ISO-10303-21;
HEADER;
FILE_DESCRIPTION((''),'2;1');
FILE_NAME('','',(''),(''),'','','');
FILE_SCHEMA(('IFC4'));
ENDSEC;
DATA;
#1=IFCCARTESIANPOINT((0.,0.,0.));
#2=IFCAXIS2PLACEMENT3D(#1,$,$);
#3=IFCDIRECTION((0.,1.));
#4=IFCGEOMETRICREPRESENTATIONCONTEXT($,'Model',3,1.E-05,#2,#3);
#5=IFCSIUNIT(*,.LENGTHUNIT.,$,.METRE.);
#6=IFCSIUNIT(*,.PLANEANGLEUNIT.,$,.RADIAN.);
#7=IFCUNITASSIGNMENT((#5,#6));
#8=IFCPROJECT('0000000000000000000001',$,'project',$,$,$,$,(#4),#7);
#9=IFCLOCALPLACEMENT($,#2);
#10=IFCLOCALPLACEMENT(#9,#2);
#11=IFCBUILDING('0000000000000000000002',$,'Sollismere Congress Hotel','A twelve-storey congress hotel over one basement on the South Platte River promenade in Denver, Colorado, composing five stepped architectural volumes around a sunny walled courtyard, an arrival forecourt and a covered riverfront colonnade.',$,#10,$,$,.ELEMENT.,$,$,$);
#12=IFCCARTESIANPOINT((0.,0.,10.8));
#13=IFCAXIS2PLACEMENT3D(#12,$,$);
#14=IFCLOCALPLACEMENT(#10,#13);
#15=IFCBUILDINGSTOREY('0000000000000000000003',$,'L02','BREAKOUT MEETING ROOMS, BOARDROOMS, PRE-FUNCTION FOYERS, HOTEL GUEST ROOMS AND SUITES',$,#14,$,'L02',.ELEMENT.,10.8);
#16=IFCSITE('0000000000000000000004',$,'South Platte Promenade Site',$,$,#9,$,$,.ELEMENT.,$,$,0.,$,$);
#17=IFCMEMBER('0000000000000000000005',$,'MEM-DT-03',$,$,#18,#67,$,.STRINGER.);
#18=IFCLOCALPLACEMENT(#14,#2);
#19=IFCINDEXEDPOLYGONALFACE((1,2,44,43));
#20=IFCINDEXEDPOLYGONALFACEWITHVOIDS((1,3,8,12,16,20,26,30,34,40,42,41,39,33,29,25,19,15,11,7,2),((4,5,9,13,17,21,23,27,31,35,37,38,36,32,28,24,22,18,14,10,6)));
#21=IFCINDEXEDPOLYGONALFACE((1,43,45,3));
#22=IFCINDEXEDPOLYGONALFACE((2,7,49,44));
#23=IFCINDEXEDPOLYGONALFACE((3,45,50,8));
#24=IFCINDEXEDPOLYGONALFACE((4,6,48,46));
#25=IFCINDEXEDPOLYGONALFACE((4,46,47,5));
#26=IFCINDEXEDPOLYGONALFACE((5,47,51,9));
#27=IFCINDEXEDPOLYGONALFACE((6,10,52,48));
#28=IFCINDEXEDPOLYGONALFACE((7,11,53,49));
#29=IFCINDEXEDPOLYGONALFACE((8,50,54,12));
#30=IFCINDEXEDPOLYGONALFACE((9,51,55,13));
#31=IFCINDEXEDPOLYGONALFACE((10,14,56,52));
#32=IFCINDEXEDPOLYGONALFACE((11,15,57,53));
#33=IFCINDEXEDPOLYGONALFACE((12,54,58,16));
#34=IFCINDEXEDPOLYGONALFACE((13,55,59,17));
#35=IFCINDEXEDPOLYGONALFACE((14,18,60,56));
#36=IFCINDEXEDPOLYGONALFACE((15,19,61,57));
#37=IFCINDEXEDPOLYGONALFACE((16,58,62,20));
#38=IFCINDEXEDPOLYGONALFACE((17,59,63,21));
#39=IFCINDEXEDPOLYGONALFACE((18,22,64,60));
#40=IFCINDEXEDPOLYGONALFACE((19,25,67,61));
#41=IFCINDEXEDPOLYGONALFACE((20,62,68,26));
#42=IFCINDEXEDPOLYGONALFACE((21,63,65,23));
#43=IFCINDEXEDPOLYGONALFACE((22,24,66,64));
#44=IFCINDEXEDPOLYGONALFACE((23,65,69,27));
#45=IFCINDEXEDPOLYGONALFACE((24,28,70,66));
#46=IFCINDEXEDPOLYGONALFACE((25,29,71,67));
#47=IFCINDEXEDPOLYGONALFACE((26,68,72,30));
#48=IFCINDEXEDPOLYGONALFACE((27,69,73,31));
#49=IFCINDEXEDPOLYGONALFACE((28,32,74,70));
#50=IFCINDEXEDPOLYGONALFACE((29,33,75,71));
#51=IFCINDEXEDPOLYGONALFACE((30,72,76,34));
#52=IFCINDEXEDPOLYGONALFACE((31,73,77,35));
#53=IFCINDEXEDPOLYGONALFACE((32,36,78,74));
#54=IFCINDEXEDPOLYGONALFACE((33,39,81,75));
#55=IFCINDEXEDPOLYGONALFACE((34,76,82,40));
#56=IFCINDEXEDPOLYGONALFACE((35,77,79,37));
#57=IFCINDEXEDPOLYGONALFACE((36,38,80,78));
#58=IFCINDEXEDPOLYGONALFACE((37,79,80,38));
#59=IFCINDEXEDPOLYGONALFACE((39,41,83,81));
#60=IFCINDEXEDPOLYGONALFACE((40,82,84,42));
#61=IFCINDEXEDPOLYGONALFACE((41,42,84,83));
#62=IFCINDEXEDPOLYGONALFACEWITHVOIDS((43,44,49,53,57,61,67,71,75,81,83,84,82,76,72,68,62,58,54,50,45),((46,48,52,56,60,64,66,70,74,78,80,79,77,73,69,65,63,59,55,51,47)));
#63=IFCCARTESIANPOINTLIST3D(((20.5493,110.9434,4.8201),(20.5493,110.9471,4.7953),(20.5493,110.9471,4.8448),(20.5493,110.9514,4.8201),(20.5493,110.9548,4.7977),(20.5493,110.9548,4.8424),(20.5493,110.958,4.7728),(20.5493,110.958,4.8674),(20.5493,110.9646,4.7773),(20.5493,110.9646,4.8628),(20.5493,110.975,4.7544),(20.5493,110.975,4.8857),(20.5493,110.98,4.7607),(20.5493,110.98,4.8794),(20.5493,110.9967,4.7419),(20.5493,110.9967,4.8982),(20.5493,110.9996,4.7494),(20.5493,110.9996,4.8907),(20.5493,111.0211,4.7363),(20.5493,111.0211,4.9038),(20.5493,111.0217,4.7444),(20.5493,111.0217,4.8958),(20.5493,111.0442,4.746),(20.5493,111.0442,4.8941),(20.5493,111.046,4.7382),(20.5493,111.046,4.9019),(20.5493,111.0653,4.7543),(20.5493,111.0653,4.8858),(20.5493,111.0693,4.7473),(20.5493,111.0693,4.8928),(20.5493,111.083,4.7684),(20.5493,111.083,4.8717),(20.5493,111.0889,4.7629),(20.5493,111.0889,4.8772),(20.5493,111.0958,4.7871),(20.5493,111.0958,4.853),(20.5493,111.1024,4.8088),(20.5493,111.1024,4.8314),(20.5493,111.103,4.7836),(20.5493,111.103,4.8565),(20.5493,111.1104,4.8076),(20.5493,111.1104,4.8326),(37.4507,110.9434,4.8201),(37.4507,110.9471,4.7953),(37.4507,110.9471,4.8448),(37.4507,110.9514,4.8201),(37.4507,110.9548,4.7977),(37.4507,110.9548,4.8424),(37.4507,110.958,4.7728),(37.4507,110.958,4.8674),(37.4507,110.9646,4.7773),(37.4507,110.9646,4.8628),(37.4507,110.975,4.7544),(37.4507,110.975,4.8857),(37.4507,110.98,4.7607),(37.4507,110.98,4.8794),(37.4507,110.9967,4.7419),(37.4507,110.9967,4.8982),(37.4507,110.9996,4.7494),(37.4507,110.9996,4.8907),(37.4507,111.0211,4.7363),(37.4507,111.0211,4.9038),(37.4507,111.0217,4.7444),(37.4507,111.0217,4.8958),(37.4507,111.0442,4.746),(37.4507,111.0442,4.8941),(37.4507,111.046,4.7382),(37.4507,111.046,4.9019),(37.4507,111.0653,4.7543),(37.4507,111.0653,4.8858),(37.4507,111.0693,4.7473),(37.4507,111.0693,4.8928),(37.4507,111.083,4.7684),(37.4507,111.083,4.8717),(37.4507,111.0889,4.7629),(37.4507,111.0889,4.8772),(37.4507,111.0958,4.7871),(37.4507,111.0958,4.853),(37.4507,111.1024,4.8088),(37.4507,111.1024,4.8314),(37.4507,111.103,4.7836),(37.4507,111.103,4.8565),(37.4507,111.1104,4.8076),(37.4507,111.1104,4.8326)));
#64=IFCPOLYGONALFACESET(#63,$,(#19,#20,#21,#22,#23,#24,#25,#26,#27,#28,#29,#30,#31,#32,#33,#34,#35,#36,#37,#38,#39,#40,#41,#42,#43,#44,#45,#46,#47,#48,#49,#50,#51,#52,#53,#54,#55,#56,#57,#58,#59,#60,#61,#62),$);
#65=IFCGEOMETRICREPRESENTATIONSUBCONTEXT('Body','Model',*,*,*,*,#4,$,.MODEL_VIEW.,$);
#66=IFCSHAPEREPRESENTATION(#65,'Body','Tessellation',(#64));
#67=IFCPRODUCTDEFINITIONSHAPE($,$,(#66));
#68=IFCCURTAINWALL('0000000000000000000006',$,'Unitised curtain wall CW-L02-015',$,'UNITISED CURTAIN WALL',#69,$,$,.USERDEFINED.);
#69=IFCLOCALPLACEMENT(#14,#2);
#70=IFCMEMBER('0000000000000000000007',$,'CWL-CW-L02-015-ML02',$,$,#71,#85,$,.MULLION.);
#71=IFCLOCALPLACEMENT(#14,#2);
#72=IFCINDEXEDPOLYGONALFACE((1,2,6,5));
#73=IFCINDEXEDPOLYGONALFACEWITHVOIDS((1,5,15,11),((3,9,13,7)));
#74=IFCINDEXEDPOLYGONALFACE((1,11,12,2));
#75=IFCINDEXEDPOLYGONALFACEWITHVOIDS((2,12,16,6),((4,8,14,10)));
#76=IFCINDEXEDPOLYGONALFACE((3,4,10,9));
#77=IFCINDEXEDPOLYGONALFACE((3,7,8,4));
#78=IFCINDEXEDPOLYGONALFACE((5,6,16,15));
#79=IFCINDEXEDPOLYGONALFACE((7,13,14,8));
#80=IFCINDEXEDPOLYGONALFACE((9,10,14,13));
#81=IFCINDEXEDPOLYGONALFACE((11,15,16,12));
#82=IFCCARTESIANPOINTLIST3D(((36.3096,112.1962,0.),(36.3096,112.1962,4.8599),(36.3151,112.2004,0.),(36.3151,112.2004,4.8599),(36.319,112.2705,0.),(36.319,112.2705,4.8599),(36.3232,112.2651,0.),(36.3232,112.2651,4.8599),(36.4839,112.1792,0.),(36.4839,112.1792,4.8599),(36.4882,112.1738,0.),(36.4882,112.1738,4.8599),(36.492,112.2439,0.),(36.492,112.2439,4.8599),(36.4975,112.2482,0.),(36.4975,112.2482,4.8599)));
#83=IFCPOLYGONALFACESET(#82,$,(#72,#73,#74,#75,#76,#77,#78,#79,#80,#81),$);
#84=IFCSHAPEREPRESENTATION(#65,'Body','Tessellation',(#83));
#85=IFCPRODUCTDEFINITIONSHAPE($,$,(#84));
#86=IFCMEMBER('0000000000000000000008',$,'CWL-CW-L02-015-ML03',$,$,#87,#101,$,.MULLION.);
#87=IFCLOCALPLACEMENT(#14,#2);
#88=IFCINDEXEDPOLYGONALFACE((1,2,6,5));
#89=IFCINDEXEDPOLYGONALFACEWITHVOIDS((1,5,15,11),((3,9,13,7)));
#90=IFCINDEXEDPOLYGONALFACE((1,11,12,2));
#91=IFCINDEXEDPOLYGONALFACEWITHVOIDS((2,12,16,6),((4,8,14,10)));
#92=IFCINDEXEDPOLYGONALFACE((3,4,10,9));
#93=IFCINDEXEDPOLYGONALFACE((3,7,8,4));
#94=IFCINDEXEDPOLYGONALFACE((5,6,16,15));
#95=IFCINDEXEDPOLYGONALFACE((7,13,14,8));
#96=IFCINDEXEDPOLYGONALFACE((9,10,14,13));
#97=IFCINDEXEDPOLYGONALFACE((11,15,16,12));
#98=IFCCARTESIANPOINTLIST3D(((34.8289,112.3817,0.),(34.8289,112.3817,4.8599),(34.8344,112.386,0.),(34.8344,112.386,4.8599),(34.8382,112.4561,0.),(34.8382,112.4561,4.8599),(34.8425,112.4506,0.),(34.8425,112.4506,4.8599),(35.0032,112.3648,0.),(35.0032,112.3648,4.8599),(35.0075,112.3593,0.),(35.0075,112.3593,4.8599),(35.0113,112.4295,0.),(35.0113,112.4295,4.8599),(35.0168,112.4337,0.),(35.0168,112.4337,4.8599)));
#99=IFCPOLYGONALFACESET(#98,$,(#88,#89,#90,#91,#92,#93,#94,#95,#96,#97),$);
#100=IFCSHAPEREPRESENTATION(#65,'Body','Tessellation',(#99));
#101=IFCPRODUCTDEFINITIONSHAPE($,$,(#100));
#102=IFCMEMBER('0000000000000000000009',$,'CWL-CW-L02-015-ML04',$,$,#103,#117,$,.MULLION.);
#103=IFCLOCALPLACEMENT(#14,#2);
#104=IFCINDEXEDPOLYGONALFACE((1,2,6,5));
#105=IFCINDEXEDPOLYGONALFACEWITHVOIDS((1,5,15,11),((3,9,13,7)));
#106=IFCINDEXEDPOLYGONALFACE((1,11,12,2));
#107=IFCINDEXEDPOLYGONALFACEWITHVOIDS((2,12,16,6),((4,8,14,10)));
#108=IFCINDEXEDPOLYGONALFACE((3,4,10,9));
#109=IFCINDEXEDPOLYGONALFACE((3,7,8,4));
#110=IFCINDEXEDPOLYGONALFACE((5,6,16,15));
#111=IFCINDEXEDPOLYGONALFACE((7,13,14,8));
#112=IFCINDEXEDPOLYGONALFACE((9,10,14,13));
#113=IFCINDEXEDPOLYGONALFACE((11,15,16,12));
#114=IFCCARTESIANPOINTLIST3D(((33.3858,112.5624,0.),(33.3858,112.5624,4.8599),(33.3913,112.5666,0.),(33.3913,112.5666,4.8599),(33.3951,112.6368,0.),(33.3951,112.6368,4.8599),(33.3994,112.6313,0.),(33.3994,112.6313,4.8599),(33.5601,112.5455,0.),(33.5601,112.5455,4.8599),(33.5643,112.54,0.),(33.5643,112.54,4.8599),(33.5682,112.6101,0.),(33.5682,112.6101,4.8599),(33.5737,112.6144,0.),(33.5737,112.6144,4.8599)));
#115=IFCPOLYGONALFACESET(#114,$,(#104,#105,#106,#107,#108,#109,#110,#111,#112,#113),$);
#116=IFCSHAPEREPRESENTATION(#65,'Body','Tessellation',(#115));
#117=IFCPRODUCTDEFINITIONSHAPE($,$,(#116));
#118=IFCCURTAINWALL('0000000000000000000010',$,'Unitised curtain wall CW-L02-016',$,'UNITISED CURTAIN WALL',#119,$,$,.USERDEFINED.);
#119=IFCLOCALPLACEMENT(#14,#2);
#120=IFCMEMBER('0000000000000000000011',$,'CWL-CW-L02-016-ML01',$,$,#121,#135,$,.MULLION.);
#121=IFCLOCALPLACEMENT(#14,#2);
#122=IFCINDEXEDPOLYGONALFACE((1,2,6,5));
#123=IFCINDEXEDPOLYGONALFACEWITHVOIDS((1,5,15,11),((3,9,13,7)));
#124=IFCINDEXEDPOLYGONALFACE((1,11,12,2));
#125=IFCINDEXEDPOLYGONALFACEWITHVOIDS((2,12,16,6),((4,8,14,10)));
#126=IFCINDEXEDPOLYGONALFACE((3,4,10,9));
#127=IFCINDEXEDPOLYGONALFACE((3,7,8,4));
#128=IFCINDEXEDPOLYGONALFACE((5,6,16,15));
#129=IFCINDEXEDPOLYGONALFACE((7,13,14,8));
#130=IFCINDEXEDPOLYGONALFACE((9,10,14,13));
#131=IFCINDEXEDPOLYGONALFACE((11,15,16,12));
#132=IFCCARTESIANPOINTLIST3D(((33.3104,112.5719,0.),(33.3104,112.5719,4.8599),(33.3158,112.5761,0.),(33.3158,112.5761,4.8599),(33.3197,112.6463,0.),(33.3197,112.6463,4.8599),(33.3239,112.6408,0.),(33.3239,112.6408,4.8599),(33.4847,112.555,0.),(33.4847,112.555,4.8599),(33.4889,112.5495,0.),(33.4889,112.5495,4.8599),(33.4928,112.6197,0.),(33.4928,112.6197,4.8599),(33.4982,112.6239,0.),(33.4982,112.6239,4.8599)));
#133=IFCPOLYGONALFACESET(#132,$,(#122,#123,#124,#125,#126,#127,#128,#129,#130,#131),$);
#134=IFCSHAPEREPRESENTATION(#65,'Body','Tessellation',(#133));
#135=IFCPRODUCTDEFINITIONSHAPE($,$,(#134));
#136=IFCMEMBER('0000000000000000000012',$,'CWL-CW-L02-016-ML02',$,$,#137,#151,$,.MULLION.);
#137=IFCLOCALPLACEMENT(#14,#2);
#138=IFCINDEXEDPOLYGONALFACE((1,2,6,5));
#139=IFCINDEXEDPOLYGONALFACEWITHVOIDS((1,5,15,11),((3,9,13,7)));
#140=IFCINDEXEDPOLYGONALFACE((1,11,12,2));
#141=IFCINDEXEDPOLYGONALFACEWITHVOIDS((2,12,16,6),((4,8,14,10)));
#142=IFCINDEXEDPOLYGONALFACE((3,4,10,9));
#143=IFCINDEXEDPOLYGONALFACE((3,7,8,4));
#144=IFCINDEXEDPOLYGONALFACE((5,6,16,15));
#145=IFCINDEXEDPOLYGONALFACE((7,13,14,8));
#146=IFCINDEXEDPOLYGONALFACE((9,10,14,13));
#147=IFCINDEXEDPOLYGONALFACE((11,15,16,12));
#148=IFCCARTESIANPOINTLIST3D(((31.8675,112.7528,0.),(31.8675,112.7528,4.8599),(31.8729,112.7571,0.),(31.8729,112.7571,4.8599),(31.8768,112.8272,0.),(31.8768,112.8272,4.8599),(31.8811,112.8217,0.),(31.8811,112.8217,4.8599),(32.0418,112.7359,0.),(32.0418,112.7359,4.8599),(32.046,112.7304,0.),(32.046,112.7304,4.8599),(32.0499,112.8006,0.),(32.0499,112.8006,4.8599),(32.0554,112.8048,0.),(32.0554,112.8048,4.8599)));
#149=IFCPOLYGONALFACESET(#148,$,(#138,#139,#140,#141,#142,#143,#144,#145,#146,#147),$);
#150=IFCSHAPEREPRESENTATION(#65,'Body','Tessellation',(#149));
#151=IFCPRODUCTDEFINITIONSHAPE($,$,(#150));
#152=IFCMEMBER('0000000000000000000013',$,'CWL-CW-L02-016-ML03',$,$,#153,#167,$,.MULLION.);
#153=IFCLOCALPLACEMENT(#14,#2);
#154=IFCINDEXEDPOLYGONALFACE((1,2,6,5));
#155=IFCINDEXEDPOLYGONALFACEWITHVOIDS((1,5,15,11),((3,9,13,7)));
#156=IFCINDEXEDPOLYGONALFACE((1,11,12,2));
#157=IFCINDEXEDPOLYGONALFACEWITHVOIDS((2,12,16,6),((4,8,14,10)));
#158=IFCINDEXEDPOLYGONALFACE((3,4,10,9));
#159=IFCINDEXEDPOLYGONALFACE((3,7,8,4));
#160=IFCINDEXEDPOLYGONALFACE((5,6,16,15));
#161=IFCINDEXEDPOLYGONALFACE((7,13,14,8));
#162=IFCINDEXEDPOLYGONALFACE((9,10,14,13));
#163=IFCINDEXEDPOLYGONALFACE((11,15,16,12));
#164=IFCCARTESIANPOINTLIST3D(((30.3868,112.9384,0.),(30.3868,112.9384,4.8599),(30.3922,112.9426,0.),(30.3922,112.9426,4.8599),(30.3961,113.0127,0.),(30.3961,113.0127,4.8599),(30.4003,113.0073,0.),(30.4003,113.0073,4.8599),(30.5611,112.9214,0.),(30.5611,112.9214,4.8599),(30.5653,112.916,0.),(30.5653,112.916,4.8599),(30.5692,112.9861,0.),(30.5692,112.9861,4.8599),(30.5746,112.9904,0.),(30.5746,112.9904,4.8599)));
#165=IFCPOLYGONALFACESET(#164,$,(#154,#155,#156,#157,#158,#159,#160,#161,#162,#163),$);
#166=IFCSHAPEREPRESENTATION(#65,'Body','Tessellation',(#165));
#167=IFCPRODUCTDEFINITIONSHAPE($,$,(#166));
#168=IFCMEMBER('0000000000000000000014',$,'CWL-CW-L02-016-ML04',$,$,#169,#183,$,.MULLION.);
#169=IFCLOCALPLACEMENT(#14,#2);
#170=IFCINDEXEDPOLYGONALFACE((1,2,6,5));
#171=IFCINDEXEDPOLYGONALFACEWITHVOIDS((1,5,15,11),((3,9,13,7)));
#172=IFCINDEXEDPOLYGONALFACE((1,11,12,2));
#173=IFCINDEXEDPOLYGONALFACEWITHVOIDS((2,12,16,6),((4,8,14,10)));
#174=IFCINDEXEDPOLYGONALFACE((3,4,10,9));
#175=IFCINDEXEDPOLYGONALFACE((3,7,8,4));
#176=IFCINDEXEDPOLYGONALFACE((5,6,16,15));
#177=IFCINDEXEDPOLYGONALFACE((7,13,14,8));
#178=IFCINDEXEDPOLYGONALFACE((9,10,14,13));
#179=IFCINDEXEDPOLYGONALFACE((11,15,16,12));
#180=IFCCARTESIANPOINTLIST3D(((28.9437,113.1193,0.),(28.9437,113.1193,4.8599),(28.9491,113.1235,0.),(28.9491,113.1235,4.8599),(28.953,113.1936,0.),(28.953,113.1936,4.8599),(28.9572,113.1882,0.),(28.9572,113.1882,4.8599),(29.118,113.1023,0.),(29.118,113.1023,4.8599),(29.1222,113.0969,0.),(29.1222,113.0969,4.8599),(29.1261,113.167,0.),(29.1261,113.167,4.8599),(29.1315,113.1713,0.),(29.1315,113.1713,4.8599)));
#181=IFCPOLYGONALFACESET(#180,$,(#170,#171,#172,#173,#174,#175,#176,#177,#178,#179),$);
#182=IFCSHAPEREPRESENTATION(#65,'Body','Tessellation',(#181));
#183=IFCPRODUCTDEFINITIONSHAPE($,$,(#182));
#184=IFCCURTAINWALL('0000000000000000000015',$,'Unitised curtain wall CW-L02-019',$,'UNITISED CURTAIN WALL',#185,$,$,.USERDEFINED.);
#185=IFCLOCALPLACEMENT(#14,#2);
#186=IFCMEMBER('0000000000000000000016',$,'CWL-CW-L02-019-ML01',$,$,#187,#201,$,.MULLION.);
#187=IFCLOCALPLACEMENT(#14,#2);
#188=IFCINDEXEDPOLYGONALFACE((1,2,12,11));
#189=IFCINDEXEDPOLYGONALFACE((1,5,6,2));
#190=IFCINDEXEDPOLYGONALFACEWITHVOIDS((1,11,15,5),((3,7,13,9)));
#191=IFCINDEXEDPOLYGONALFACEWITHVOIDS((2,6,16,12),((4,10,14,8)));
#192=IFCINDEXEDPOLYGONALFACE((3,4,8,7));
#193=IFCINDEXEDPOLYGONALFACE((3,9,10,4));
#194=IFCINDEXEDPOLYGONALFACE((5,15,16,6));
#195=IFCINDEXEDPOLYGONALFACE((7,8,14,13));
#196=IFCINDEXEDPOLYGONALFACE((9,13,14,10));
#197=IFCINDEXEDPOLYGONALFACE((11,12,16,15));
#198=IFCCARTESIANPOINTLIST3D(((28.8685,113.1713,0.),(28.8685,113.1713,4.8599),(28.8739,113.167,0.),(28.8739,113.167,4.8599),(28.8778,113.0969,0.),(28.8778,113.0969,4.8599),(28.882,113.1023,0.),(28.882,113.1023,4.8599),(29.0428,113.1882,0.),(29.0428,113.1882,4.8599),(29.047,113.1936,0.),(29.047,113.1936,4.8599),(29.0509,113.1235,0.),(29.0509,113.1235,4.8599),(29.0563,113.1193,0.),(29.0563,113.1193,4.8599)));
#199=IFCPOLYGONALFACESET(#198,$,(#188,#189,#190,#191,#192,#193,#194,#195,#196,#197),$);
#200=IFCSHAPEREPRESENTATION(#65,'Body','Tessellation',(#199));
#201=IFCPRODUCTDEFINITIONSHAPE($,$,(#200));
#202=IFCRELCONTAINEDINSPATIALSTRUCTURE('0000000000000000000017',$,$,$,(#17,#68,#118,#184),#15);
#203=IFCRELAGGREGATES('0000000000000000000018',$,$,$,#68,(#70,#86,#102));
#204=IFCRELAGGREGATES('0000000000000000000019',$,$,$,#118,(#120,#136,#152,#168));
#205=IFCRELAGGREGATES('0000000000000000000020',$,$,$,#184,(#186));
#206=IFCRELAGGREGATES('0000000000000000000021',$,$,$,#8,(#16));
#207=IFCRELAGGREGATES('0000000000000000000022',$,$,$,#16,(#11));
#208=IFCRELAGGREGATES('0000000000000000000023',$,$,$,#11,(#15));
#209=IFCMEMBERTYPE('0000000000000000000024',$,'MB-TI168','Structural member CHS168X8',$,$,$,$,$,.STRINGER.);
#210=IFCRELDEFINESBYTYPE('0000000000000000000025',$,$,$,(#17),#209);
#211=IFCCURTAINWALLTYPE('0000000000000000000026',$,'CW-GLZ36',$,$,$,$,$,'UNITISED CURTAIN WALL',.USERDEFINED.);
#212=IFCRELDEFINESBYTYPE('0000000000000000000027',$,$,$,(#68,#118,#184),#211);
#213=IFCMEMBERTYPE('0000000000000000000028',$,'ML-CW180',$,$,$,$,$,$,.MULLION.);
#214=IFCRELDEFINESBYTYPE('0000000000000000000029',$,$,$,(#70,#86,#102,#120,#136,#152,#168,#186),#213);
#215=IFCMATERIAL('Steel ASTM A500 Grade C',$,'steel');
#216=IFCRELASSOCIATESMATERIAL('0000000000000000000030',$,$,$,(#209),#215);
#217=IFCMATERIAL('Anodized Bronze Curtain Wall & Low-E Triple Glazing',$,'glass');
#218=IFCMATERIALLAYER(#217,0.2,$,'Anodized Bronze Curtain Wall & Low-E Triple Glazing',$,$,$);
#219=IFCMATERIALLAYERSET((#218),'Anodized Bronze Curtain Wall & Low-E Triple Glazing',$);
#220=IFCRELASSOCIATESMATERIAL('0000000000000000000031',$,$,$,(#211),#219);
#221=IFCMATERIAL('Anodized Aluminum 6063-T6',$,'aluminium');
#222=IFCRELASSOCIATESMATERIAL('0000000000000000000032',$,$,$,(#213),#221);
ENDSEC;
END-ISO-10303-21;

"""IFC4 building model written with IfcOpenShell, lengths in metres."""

from ifc_helpers import new_model, si_unit, direction, frame, origin, origin_2d, place, context, subcontext, project, spatial, hollow_rectangle, hollow_circle, extrude, material, layer, layer_set, material_profile, profile_set, type_object, element, aggregate, save


model = new_model("IFC4")

# Units and contexts
model_context = context("Model", 3, precision=1e-05, world=origin(), true_north=direction((0.0, 1.0)))
body_context = subcontext(model_context, "Body", "Model", "MODEL_VIEW")
ifc_project = project(units=[si_unit("LENGTHUNIT", "METRE"), si_unit("PLANEANGLEUNIT", "RADIAN")], contexts=[model_context])

# Site, building, storey
site_placement = place(None, origin())
site = spatial("IfcSite", under=ifc_project, at=site_placement, Name="South Platte Promenade Site", CompositionType="ELEMENT", RefElevation=0.0)
building_placement = place(site_placement, origin())
building = spatial("IfcBuilding", under=site, at=building_placement, Name="Sollismere Congress Hotel", Description="A twelve-storey congress hotel over one basement on the South Platte River promenade in Denver, Colorado, composing five stepped architectural volumes around a sunny walled courtyard, an arrival forecourt and a covered riverfront colonnade.", CompositionType="ELEMENT")
storey_placement = place(building_placement, frame((0.0, 0.0, 10.8)))
storey = spatial("IfcBuildingStorey", under=building, at=storey_placement, Name="L02", Description="BREAKOUT MEETING ROOMS, BOARDROOMS, PRE-FUNCTION FOYERS, HOTEL GUEST ROOMS AND SUITES", LongName="L02", CompositionType="ELEMENT", Elevation=10.8)

# Shared definitions
ifc_material_1 = material(Name="Steel ASTM A500 Grade C", Category="steel")

# Member
ifc_material_profile_1 = material_profile(ifc_material_1, hollow_circle(Radius=0.084, WallThickness=0.0081, at=origin_2d()), Name="CHS168X8")
ifc_profile_set_1 = profile_set([ifc_material_profile_1], Name="Steel ASTM A500 Grade C")
member_type_1 = type_object("IfcMemberType", Name="MB-TI168", Description="Structural member CHS168X8", PredefinedType="STRINGER", material=ifc_profile_set_1)
member_1_placement = place(storey_placement, frame((37.4507, 111.0273, 4.8201), z_axis=(-1.0, 0.0, 0.0), x_axis=(0.0, -1.0, 0.0)))
element("IfcMember", 1, at=member_1_placement, inside=storey, type_object=member_type_1, Name="MEM-DT-03", PredefinedType="STRINGER", context=body_context, shape_type="SweptSolid", body=[
    extrude(hollow_circle(Radius=0.084, WallThickness=0.0081, at=origin_2d()), origin(), (0.0, 0.0, 1.0), 16.9014),
])

# Curtain walls, members
ifc_material_2 = material(Name="Anodized Bronze Curtain Wall & Low-E Triple Glazing", Category="glass")
ifc_layer_1 = layer(ifc_material_2, 0.2, Name="Anodized Bronze Curtain Wall & Low-E Triple Glazing")
ifc_layer_set_1 = layer_set([ifc_layer_1], Name="Anodized Bronze Curtain Wall & Low-E Triple Glazing")
curtain_wall_type = type_object("IfcCurtainWallType", Name="CW-GLZ36", ElementType="UNITISED CURTAIN WALL", PredefinedType="USERDEFINED", material=ifc_layer_set_1)
curtain_wall_1_placement = place(storey_placement, origin())
curtain_wall_1 = element("IfcCurtainWall", 2, at=curtain_wall_1_placement, inside=storey, type_object=curtain_wall_type, Name="Unitised curtain wall CW-L02-015", ObjectType="UNITISED CURTAIN WALL", PredefinedType="USERDEFINED")
ifc_material_3 = material(Name="Anodized Aluminum 6063-T6", Category="aluminium")
ifc_material_profile_2 = material_profile(ifc_material_3, hollow_rectangle(XDim=0.075, YDim=0.1799, WallThickness=0.0049, at=origin_2d()), Name="ALU180X75X5")
ifc_profile_set_2 = profile_set([ifc_material_profile_2], Name="Anodized Aluminum 6063-T6")
member_type_2 = type_object("IfcMemberType", Name="ML-CW180", PredefinedType="MULLION", material=ifc_profile_set_2)
member_2_placement = place(storey_placement, frame((36.4036, 112.2222, 0.0), z_axis=(0.0, 0.0, 1.0), x_axis=(-0.124363, -0.992237, 0.0)))
member_2 = element("IfcMember", 3, at=member_2_placement, type_object=member_type_2, Name="CWL-CW-L02-015-ML02", PredefinedType="MULLION", context=body_context, shape_type="SweptSolid", body=[
    extrude(hollow_rectangle(XDim=0.075, YDim=0.1799, WallThickness=0.0049, at=origin_2d()), origin(), (0.0, 0.0, 1.0), 4.8599),
])
member_3_placement = place(storey_placement, frame((34.9229, 112.4077, 0.0), z_axis=(0.0, 0.0, 1.0), x_axis=(-0.124363, -0.992237, 0.0)))
member_3 = element("IfcMember", 4, at=member_3_placement, type_object=member_type_2, Name="CWL-CW-L02-015-ML03", PredefinedType="MULLION", context=body_context, shape_type="SweptSolid", body=[
    extrude(hollow_rectangle(XDim=0.075, YDim=0.1799, WallThickness=0.0049, at=origin_2d()), origin(), (0.0, 0.0, 1.0), 4.8599),
])
member_4_placement = place(storey_placement, frame((33.4797, 112.5884, 0.0), z_axis=(0.0, 0.0, 1.0), x_axis=(-0.124363, -0.992237, 0.0)))
member_4 = element("IfcMember", 5, at=member_4_placement, type_object=member_type_2, Name="CWL-CW-L02-015-ML04", PredefinedType="MULLION", context=body_context, shape_type="SweptSolid", body=[
    extrude(hollow_rectangle(XDim=0.075, YDim=0.1799, WallThickness=0.0049, at=origin_2d()), origin(), (0.0, 0.0, 1.0), 4.8599),
])
curtain_wall_2_placement = place(storey_placement, origin())
curtain_wall_2 = element("IfcCurtainWall", 6, at=curtain_wall_2_placement, inside=storey, type_object=curtain_wall_type, Name="Unitised curtain wall CW-L02-016", ObjectType="UNITISED CURTAIN WALL", PredefinedType="USERDEFINED")
member_5_placement = place(storey_placement, frame((33.4043, 112.5979, 0.0), z_axis=(0.0, 0.0, 1.0), x_axis=(-0.124363, -0.992237, 0.0)))
member_5 = element("IfcMember", 7, at=member_5_placement, type_object=member_type_2, Name="CWL-CW-L02-016-ML01", PredefinedType="MULLION", context=body_context, shape_type="SweptSolid", body=[
    extrude(hollow_rectangle(XDim=0.075, YDim=0.1799, WallThickness=0.0049, at=origin_2d()), origin(), (0.0, 0.0, 1.0), 4.8599),
])
member_6_placement = place(storey_placement, frame((31.9614, 112.7788, 0.0), z_axis=(0.0, 0.0, 1.0), x_axis=(-0.124363, -0.992237, 0.0)))
member_6 = element("IfcMember", 8, at=member_6_placement, type_object=member_type_2, Name="CWL-CW-L02-016-ML02", PredefinedType="MULLION", context=body_context, shape_type="SweptSolid", body=[
    extrude(hollow_rectangle(XDim=0.075, YDim=0.1799, WallThickness=0.0049, at=origin_2d()), origin(), (0.0, 0.0, 1.0), 4.8599),
])
member_7_placement = place(storey_placement, frame((30.4807, 112.9644, 0.0), z_axis=(0.0, 0.0, 1.0), x_axis=(-0.124363, -0.992237, 0.0)))
member_7 = element("IfcMember", 9, at=member_7_placement, type_object=member_type_2, Name="CWL-CW-L02-016-ML03", PredefinedType="MULLION", context=body_context, shape_type="SweptSolid", body=[
    extrude(hollow_rectangle(XDim=0.075, YDim=0.1799, WallThickness=0.0049, at=origin_2d()), origin(), (0.0, 0.0, 1.0), 4.8599),
])
member_8_placement = place(storey_placement, frame((29.0376, 113.1453, 0.0), z_axis=(0.0, 0.0, 1.0), x_axis=(-0.124363, -0.992237, 0.0)))
member_8 = element("IfcMember", 10, at=member_8_placement, type_object=member_type_2, Name="CWL-CW-L02-016-ML04", PredefinedType="MULLION", context=body_context, shape_type="SweptSolid", body=[
    extrude(hollow_rectangle(XDim=0.075, YDim=0.1799, WallThickness=0.0049, at=origin_2d()), origin(), (0.0, 0.0, 1.0), 4.8599),
])
curtain_wall_3_placement = place(storey_placement, origin())
curtain_wall_3 = element("IfcCurtainWall", 11, at=curtain_wall_3_placement, inside=storey, type_object=curtain_wall_type, Name="Unitised curtain wall CW-L02-019", ObjectType="UNITISED CURTAIN WALL", PredefinedType="USERDEFINED")
member_9_placement = place(storey_placement, frame((28.9624, 113.1453, 0.0), z_axis=(0.0, 0.0, 1.0), x_axis=(0.124363, -0.992237, 0.0)))
member_9 = element("IfcMember", 12, at=member_9_placement, type_object=member_type_2, Name="CWL-CW-L02-019-ML01", PredefinedType="MULLION", context=body_context, shape_type="SweptSolid", body=[
    extrude(hollow_rectangle(XDim=0.075, YDim=0.1799, WallThickness=0.0049, at=origin_2d()), origin(), (0.0, 0.0, 1.0), 4.8599),
])

aggregate(curtain_wall_1, [member_2, member_3, member_4])
aggregate(curtain_wall_2, [member_5, member_6, member_7, member_8])
aggregate(curtain_wall_3, [member_9])

save(model, "model.ifc")
